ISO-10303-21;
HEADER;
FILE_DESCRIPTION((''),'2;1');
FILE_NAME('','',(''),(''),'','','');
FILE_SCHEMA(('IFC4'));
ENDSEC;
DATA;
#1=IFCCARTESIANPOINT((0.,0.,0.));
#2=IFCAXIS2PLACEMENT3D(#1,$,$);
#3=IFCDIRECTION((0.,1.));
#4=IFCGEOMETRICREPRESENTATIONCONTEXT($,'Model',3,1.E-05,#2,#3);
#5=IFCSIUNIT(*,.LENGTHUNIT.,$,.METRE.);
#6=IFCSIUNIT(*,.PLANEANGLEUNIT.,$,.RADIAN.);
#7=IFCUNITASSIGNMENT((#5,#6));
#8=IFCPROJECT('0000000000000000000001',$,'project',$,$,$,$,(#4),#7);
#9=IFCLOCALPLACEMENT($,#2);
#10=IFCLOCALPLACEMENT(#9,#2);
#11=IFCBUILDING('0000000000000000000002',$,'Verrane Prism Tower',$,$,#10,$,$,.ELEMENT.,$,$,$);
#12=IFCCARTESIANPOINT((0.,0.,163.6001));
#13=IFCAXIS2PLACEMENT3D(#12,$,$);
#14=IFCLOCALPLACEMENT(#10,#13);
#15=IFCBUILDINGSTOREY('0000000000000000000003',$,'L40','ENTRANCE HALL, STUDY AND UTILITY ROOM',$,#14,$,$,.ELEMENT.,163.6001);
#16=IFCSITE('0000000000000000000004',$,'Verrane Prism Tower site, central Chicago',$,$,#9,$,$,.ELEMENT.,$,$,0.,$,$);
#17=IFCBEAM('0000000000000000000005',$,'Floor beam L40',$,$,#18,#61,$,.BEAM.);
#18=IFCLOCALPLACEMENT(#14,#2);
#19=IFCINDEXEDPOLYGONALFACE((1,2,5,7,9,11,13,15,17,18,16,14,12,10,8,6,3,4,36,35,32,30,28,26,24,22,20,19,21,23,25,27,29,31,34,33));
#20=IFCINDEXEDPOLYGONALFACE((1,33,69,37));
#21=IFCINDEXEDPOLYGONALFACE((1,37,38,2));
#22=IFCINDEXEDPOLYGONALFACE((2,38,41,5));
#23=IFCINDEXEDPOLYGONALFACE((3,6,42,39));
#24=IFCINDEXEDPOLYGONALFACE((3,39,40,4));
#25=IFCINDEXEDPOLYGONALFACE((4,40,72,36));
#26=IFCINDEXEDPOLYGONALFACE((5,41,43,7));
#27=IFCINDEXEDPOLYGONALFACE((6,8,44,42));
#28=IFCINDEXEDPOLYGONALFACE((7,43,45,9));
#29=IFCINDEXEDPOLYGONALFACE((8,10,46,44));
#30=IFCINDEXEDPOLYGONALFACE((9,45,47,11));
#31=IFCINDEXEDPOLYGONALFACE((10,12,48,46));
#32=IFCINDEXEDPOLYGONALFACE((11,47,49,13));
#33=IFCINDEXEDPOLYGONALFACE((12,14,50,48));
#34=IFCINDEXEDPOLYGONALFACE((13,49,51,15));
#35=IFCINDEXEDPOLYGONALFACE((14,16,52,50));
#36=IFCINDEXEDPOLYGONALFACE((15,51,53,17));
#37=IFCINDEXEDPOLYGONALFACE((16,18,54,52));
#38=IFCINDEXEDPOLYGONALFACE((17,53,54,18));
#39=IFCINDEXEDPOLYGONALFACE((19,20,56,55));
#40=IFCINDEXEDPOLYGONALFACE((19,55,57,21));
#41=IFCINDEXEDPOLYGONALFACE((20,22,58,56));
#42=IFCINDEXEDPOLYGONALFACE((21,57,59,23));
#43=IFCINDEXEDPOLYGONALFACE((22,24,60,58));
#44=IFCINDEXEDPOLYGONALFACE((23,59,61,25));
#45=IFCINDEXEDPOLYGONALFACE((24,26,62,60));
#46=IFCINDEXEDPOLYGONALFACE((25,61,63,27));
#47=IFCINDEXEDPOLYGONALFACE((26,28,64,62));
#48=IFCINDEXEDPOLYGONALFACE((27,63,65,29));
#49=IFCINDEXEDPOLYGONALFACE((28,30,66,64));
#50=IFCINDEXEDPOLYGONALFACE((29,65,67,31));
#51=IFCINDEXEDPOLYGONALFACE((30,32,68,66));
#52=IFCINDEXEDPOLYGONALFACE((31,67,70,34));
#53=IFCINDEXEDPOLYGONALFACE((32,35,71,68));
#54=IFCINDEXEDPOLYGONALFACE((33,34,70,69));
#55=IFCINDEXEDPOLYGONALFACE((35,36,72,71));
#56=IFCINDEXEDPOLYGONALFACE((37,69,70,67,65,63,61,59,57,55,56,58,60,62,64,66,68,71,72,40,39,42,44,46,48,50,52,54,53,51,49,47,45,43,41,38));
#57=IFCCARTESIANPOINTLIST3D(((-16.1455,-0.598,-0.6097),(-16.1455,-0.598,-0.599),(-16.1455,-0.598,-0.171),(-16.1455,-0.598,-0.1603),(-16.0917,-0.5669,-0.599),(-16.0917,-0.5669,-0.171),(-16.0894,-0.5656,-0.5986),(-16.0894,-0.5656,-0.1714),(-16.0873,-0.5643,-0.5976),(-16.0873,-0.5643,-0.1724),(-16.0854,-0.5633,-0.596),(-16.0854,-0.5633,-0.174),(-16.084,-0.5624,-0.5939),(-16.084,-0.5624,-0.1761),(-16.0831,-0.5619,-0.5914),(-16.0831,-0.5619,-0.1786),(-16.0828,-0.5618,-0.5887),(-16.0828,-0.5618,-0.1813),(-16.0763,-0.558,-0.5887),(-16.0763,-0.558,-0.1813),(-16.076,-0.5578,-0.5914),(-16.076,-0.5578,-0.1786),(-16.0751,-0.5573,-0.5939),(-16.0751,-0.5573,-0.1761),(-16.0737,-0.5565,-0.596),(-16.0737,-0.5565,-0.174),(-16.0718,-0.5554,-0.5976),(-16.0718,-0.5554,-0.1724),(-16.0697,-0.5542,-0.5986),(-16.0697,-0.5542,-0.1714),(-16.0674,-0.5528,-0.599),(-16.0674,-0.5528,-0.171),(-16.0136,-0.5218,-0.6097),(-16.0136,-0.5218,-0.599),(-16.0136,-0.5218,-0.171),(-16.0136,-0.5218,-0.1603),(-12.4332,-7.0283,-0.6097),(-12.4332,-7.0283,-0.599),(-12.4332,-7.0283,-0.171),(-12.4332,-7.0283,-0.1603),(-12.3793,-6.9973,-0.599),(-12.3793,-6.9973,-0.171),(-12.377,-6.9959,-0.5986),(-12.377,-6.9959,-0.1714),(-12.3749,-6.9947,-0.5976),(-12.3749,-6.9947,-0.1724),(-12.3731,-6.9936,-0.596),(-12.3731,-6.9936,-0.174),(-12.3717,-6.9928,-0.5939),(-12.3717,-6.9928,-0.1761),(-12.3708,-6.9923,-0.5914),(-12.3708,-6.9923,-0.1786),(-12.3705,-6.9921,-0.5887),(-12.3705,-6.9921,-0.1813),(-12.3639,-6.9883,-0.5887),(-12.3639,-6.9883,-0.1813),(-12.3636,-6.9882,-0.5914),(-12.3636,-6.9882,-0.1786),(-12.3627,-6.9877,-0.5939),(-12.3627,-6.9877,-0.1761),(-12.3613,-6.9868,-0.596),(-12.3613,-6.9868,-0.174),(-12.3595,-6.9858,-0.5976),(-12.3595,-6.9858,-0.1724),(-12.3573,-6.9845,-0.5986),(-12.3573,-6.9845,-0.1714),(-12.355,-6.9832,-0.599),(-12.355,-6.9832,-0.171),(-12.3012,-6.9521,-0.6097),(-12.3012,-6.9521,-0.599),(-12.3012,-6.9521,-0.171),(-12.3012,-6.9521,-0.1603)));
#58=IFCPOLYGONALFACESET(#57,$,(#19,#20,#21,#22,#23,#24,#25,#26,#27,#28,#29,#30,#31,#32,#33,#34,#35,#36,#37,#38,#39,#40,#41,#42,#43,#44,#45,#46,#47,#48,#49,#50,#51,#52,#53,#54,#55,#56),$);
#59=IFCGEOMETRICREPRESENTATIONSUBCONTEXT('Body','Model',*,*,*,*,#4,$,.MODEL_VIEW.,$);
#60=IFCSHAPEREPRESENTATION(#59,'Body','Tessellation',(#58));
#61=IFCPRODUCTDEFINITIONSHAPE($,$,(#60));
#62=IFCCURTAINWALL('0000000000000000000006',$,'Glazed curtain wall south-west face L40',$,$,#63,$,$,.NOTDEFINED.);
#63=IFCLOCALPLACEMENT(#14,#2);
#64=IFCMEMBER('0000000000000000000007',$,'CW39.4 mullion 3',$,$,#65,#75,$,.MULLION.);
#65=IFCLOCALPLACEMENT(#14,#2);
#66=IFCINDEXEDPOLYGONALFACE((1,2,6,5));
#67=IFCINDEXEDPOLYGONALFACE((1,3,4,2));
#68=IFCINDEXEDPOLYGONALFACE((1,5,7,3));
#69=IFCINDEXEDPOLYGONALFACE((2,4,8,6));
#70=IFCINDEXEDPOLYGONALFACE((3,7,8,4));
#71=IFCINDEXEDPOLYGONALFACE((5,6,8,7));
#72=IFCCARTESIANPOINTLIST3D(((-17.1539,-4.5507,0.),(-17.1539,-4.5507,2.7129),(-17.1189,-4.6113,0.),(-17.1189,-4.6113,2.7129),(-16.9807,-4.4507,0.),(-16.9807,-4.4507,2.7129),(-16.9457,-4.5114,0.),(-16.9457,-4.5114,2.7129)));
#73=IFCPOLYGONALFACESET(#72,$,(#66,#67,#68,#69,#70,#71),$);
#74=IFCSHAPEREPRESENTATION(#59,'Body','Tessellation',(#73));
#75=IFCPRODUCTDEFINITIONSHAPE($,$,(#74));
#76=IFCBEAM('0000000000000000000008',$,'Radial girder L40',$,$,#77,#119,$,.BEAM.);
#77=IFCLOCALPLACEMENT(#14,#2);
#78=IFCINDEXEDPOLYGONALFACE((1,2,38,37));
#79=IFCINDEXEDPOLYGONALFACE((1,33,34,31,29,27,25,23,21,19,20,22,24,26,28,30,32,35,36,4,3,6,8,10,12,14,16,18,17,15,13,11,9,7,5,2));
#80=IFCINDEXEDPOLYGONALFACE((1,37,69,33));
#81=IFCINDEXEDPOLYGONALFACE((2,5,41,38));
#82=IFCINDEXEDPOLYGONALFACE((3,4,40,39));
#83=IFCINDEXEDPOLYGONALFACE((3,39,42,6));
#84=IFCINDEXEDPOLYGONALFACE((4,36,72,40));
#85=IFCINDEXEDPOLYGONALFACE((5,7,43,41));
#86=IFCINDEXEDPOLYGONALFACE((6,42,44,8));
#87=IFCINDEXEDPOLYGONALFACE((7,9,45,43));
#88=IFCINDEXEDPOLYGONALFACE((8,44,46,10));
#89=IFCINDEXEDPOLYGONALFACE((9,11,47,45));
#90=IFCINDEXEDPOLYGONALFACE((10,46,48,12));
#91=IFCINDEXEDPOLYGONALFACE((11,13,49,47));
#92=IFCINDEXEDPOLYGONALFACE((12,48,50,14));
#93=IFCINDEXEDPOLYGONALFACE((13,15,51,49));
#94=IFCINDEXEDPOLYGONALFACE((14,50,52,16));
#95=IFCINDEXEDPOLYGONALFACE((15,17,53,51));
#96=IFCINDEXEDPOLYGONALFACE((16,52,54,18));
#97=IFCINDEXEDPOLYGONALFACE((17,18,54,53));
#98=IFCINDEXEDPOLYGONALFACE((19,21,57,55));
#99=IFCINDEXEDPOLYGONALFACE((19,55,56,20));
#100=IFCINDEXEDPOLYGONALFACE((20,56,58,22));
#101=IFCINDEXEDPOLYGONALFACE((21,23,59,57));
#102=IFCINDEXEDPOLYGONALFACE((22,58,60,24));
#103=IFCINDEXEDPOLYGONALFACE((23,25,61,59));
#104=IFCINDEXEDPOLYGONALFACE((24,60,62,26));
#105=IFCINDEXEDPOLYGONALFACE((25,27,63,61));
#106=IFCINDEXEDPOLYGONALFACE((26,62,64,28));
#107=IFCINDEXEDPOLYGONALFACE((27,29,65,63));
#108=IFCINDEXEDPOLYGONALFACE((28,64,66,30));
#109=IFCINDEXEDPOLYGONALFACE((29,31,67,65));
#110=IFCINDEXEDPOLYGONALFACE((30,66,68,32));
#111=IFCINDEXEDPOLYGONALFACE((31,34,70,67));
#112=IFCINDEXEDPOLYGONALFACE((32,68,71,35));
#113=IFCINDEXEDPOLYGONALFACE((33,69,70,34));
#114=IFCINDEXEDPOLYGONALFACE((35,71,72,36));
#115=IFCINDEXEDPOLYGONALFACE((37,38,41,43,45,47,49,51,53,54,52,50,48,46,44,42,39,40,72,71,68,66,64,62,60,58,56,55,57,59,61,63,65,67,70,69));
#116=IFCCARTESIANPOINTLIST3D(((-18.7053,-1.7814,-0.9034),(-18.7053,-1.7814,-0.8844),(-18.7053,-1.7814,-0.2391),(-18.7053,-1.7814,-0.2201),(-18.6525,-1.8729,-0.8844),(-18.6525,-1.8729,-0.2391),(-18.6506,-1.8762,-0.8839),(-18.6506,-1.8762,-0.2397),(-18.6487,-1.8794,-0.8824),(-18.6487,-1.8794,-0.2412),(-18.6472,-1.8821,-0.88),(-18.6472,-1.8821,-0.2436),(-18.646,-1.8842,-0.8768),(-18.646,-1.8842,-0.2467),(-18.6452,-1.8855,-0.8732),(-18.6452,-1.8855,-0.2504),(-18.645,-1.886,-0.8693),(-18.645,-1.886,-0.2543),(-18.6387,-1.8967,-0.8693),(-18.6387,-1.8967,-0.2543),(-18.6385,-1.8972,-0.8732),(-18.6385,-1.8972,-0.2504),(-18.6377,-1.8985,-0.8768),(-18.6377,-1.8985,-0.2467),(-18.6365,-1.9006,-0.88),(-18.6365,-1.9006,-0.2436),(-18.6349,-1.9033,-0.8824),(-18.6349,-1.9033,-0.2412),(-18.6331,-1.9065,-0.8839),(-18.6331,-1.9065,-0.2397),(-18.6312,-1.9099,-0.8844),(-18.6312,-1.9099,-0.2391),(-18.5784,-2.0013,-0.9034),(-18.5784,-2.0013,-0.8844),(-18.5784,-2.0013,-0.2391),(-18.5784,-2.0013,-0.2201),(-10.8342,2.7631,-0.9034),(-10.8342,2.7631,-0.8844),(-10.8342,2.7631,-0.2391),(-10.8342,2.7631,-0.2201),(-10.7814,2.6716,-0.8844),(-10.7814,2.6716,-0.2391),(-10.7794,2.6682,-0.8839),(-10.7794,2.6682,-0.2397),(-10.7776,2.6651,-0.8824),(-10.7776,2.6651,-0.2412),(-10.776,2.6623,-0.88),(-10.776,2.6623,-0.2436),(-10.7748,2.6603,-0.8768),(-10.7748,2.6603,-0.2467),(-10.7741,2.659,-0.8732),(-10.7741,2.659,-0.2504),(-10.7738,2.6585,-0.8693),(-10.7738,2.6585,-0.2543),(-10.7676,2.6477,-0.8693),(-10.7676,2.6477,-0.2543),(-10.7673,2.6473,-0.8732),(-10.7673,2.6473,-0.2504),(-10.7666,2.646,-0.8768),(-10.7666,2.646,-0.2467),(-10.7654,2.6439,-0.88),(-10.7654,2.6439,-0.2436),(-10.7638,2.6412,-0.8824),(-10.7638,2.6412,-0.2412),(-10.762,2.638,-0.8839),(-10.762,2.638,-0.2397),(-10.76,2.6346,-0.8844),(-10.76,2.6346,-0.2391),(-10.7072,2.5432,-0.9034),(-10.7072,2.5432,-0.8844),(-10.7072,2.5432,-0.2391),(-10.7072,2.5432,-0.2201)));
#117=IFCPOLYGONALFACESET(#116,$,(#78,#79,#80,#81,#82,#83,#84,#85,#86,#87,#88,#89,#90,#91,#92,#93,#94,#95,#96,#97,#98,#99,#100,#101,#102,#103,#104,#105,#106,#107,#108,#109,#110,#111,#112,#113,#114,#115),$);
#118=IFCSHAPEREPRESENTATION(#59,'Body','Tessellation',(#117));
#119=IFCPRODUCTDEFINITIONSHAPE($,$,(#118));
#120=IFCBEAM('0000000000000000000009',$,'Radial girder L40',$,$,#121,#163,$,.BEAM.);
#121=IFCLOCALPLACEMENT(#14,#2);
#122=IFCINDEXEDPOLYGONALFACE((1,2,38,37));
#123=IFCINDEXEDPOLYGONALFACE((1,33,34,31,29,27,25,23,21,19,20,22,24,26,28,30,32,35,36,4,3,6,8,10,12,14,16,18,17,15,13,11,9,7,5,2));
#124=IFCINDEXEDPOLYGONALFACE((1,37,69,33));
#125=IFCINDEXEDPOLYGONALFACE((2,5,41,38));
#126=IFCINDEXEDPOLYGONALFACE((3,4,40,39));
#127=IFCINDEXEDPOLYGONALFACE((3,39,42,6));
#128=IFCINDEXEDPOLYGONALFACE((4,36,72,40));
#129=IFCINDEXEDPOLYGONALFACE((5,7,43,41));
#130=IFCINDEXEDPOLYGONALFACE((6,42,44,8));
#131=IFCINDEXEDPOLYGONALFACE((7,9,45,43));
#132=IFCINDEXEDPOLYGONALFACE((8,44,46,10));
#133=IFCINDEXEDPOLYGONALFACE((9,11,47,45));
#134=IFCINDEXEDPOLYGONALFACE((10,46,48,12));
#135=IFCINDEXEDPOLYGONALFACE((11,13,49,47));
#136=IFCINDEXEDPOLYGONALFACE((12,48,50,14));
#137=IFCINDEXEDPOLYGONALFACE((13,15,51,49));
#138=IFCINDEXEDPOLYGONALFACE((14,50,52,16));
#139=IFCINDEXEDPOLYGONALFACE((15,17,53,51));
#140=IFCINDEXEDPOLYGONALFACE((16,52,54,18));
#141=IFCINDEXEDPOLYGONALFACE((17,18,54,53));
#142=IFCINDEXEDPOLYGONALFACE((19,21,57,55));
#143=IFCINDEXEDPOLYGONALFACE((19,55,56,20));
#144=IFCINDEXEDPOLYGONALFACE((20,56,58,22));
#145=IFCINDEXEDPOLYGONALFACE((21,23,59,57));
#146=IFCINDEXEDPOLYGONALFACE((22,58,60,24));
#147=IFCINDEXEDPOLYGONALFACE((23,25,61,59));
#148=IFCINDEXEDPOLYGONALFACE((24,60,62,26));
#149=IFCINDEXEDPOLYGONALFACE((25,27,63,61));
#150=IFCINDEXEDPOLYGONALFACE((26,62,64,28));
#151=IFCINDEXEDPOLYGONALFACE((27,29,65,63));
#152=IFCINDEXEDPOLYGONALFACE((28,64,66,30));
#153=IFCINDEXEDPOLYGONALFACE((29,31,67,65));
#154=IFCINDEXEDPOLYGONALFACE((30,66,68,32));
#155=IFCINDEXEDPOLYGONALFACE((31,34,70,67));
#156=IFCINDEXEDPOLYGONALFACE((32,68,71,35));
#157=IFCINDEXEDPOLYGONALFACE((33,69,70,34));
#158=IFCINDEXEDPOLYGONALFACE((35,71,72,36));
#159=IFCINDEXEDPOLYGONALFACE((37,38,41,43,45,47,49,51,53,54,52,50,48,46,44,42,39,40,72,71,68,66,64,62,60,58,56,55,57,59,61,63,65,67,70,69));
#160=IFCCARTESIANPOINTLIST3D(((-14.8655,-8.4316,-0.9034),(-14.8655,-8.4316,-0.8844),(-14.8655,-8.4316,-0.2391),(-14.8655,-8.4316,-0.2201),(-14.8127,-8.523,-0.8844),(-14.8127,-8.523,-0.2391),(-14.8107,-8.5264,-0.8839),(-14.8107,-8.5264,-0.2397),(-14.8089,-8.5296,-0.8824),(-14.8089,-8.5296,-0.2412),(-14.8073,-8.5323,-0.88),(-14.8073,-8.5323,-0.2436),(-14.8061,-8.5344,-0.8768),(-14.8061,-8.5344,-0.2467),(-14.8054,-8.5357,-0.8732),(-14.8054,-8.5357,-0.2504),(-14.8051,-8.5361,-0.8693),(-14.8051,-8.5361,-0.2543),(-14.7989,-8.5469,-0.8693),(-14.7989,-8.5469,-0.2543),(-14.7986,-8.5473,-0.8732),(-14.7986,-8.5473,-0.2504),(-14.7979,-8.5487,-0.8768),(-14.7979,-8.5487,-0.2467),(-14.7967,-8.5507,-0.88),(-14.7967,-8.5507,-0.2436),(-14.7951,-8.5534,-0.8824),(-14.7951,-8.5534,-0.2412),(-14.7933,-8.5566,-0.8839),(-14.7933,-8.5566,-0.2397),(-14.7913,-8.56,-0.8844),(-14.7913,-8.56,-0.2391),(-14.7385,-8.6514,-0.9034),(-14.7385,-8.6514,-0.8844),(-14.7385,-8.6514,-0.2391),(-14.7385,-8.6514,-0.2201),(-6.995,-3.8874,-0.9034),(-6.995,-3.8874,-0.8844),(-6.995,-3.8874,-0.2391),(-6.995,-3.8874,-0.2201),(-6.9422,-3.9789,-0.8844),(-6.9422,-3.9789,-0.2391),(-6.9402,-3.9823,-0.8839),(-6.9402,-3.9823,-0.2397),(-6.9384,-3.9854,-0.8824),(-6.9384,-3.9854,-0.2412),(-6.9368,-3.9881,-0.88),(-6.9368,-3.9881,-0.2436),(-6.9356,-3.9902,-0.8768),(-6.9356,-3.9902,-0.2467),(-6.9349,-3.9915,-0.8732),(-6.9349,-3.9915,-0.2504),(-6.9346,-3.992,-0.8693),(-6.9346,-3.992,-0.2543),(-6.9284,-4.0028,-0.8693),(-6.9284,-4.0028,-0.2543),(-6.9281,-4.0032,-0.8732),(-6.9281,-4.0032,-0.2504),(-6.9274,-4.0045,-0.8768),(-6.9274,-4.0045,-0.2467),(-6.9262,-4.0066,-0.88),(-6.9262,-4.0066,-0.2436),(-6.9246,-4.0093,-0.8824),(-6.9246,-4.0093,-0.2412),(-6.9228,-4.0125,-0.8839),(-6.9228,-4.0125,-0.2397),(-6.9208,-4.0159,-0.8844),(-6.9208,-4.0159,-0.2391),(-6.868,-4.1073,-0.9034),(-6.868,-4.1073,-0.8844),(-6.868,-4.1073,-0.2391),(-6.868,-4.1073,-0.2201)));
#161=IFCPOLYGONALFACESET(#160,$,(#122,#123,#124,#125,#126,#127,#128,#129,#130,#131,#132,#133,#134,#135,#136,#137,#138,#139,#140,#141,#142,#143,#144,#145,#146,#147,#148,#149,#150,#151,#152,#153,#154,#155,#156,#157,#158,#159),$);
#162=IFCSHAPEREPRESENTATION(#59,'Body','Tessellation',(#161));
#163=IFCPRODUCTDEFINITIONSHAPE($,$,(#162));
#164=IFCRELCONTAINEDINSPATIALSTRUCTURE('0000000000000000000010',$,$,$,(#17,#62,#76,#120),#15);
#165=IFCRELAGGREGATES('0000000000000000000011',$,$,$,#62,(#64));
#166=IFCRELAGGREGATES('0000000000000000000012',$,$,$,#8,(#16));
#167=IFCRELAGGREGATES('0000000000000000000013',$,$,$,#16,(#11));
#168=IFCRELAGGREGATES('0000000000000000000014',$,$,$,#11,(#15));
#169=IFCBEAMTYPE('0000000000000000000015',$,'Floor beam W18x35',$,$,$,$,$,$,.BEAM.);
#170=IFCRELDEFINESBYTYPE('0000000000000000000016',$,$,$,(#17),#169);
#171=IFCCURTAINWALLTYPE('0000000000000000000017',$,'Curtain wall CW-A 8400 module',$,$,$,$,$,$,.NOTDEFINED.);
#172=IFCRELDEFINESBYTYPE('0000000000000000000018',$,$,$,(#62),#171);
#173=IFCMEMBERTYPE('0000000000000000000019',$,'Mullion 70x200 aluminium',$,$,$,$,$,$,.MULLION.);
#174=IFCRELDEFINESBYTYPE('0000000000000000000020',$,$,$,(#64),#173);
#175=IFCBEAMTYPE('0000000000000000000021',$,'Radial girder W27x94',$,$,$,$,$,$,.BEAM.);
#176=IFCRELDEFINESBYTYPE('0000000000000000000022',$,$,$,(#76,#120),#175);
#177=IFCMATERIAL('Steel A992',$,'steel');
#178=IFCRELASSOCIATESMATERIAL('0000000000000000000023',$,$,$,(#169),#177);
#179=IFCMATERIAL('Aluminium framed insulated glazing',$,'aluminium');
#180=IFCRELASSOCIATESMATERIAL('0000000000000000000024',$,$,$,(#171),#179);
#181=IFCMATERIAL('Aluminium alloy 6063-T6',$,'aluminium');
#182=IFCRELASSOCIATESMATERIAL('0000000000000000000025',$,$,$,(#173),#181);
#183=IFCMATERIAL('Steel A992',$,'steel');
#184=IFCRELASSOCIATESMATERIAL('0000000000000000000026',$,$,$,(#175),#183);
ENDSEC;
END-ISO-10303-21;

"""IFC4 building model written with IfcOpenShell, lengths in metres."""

from ifc_helpers import new_model, si_unit, direction, frame, origin, origin_2d, place, context, subcontext, project, spatial, rectangle, i_section, extrude, material, material_profile, profile_set, type_object, element, aggregate, save


model = new_model("IFC4")

# Units and contexts
model_context = context("Model", 3, precision=1e-05, world=origin(), true_north=direction((0.0, 1.0)))
body_context = subcontext(model_context, "Body", "Model", "MODEL_VIEW")
ifc_project = project(units=[si_unit("LENGTHUNIT", "METRE"), si_unit("PLANEANGLEUNIT", "RADIAN")], contexts=[model_context])

# Site, building, storey
site_placement = place(None, origin())
site = spatial("IfcSite", under=ifc_project, at=site_placement, Name="Verrane Prism Tower site, central Chicago", CompositionType="ELEMENT", RefElevation=0.0)
building_placement = place(site_placement, origin())
building = spatial("IfcBuilding", under=site, at=building_placement, Name="Verrane Prism Tower", CompositionType="ELEMENT")
storey_placement = place(building_placement, frame((0.0, 0.0, 163.6001)))
storey = spatial("IfcBuildingStorey", under=building, at=storey_placement, Name="L40", Description="ENTRANCE HALL, STUDY AND UTILITY ROOM", CompositionType="ELEMENT", Elevation=163.6001)

# Beam
ifc_material_1 = material(Name="Steel A992", Category="steel")
ifc_material_profile_1 = material_profile(ifc_material_1, i_section(OverallWidth=0.1523, OverallDepth=0.4495, WebThickness=0.0076, FlangeThickness=0.0107, FilletRadius=0.0103, at=origin_2d()), Name="W18x35")
ifc_profile_set_1 = profile_set([ifc_material_profile_1], Name="Steel A992")
beam_type_1 = type_object("IfcBeamType", Name="Floor beam W18x35", PredefinedType="BEAM", material=ifc_profile_set_1)
beam_1_placement = place(storey_placement, frame((-12.3672, -6.9902, -0.385), z_axis=(-0.49998, 0.866037, 0.0), x_axis=(-0.866037, -0.49998, 0.0)))
element("IfcBeam", 1, at=beam_1_placement, inside=storey, type_object=beam_type_1, Name="Floor beam L40", PredefinedType="BEAM", context=body_context, shape_type="SweptSolid", body=[
    extrude(i_section(OverallWidth=0.1523, OverallDepth=0.4495, WebThickness=0.0076, FlangeThickness=0.0107, FilletRadius=0.0103, at=origin_2d()), origin(), (0.0, 0.0, 1.0), 7.425),
])

# Curtain wall, member
ifc_material_2 = material(Name="Aluminium framed insulated glazing", Category="aluminium")
curtain_wall_type = type_object("IfcCurtainWallType", Name="Curtain wall CW-A 8400 module", PredefinedType="NOTDEFINED", material=ifc_material_2)
curtain_wall_placement = place(storey_placement, origin())
curtain_wall = element("IfcCurtainWall", 2, at=curtain_wall_placement, inside=storey, type_object=curtain_wall_type, Name="Glazed curtain wall south-west face L40", PredefinedType="NOTDEFINED")
ifc_material_3 = material(Name="Aluminium alloy 6063-T6", Category="aluminium")
ifc_material_profile_2 = material_profile(ifc_material_3, rectangle(XDim=0.2, YDim=0.0701, at=origin_2d()), Name="Mullion 70x200 aluminium")
ifc_profile_set_2 = profile_set([ifc_material_profile_2], Name="Aluminium alloy 6063-T6")
member_type_1 = type_object("IfcMemberType", Name="Mullion 70x200 aluminium", PredefinedType="MULLION", material=ifc_profile_set_2)
member_1_placement = place(storey_placement, frame((-17.0498, -4.531, 0.0), z_axis=(0.0, 0.0, 1.0), x_axis=(0.866026, 0.499999, 0.0)))
member_1 = element("IfcMember", 3, at=member_1_placement, type_object=member_type_1, Name="CW39.4 mullion 3", PredefinedType="MULLION", context=body_context, shape_type="SweptSolid", body=[
    extrude(rectangle(XDim=0.2, YDim=0.0701, at=origin_2d()), origin(), (0.0, 0.0, 1.0), 2.7129),
])

# Beams
ifc_material_4 = material(Name="Steel A992", Category="steel")
ifc_material_profile_3 = material_profile(ifc_material_4, i_section(OverallWidth=0.2539, OverallDepth=0.6833, WebThickness=0.0125, FlangeThickness=0.019, FilletRadius=0.0151, at=origin_2d()), Name="W27x94")
ifc_profile_set_3 = profile_set([ifc_material_profile_3], Name="Steel A992")
beam_type_2 = type_object("IfcBeamType", Name="Radial girder W27x94", PredefinedType="BEAM", material=ifc_profile_set_3)
beam_2_placement = place(storey_placement, frame((-18.6418, -1.8914, -0.5618), z_axis=(0.866023, 0.500005, 0.0), x_axis=(-0.500005, 0.866023, 0.0)))
element("IfcBeam", 4, at=beam_2_placement, inside=storey, type_object=beam_type_2, Name="Radial girder L40", PredefinedType="BEAM", context=body_context, shape_type="SweptSolid", body=[
    extrude(i_section(OverallWidth=0.2539, OverallDepth=0.6833, WebThickness=0.0125, FlangeThickness=0.019, FilletRadius=0.0151, at=origin_2d()), origin(), (0.0, 0.0, 1.0), 9.0889),
])
beam_3_placement = place(storey_placement, frame((-14.802, -8.5415, -0.5618), z_axis=(0.866021, 0.500008, 0.0), x_axis=(-0.500008, 0.866021, 0.0)))
element("IfcBeam", 5, at=beam_3_placement, inside=storey, type_object=beam_type_2, Name="Radial girder L40", PredefinedType="BEAM", context=body_context, shape_type="SweptSolid", body=[
    extrude(i_section(OverallWidth=0.2539, OverallDepth=0.6833, WebThickness=0.0125, FlangeThickness=0.019, FilletRadius=0.0151, at=origin_2d()), origin(), (0.0, 0.0, 1.0), 9.0881),
])

aggregate(curtain_wall, [member_1])

save(model, "model.ifc")
